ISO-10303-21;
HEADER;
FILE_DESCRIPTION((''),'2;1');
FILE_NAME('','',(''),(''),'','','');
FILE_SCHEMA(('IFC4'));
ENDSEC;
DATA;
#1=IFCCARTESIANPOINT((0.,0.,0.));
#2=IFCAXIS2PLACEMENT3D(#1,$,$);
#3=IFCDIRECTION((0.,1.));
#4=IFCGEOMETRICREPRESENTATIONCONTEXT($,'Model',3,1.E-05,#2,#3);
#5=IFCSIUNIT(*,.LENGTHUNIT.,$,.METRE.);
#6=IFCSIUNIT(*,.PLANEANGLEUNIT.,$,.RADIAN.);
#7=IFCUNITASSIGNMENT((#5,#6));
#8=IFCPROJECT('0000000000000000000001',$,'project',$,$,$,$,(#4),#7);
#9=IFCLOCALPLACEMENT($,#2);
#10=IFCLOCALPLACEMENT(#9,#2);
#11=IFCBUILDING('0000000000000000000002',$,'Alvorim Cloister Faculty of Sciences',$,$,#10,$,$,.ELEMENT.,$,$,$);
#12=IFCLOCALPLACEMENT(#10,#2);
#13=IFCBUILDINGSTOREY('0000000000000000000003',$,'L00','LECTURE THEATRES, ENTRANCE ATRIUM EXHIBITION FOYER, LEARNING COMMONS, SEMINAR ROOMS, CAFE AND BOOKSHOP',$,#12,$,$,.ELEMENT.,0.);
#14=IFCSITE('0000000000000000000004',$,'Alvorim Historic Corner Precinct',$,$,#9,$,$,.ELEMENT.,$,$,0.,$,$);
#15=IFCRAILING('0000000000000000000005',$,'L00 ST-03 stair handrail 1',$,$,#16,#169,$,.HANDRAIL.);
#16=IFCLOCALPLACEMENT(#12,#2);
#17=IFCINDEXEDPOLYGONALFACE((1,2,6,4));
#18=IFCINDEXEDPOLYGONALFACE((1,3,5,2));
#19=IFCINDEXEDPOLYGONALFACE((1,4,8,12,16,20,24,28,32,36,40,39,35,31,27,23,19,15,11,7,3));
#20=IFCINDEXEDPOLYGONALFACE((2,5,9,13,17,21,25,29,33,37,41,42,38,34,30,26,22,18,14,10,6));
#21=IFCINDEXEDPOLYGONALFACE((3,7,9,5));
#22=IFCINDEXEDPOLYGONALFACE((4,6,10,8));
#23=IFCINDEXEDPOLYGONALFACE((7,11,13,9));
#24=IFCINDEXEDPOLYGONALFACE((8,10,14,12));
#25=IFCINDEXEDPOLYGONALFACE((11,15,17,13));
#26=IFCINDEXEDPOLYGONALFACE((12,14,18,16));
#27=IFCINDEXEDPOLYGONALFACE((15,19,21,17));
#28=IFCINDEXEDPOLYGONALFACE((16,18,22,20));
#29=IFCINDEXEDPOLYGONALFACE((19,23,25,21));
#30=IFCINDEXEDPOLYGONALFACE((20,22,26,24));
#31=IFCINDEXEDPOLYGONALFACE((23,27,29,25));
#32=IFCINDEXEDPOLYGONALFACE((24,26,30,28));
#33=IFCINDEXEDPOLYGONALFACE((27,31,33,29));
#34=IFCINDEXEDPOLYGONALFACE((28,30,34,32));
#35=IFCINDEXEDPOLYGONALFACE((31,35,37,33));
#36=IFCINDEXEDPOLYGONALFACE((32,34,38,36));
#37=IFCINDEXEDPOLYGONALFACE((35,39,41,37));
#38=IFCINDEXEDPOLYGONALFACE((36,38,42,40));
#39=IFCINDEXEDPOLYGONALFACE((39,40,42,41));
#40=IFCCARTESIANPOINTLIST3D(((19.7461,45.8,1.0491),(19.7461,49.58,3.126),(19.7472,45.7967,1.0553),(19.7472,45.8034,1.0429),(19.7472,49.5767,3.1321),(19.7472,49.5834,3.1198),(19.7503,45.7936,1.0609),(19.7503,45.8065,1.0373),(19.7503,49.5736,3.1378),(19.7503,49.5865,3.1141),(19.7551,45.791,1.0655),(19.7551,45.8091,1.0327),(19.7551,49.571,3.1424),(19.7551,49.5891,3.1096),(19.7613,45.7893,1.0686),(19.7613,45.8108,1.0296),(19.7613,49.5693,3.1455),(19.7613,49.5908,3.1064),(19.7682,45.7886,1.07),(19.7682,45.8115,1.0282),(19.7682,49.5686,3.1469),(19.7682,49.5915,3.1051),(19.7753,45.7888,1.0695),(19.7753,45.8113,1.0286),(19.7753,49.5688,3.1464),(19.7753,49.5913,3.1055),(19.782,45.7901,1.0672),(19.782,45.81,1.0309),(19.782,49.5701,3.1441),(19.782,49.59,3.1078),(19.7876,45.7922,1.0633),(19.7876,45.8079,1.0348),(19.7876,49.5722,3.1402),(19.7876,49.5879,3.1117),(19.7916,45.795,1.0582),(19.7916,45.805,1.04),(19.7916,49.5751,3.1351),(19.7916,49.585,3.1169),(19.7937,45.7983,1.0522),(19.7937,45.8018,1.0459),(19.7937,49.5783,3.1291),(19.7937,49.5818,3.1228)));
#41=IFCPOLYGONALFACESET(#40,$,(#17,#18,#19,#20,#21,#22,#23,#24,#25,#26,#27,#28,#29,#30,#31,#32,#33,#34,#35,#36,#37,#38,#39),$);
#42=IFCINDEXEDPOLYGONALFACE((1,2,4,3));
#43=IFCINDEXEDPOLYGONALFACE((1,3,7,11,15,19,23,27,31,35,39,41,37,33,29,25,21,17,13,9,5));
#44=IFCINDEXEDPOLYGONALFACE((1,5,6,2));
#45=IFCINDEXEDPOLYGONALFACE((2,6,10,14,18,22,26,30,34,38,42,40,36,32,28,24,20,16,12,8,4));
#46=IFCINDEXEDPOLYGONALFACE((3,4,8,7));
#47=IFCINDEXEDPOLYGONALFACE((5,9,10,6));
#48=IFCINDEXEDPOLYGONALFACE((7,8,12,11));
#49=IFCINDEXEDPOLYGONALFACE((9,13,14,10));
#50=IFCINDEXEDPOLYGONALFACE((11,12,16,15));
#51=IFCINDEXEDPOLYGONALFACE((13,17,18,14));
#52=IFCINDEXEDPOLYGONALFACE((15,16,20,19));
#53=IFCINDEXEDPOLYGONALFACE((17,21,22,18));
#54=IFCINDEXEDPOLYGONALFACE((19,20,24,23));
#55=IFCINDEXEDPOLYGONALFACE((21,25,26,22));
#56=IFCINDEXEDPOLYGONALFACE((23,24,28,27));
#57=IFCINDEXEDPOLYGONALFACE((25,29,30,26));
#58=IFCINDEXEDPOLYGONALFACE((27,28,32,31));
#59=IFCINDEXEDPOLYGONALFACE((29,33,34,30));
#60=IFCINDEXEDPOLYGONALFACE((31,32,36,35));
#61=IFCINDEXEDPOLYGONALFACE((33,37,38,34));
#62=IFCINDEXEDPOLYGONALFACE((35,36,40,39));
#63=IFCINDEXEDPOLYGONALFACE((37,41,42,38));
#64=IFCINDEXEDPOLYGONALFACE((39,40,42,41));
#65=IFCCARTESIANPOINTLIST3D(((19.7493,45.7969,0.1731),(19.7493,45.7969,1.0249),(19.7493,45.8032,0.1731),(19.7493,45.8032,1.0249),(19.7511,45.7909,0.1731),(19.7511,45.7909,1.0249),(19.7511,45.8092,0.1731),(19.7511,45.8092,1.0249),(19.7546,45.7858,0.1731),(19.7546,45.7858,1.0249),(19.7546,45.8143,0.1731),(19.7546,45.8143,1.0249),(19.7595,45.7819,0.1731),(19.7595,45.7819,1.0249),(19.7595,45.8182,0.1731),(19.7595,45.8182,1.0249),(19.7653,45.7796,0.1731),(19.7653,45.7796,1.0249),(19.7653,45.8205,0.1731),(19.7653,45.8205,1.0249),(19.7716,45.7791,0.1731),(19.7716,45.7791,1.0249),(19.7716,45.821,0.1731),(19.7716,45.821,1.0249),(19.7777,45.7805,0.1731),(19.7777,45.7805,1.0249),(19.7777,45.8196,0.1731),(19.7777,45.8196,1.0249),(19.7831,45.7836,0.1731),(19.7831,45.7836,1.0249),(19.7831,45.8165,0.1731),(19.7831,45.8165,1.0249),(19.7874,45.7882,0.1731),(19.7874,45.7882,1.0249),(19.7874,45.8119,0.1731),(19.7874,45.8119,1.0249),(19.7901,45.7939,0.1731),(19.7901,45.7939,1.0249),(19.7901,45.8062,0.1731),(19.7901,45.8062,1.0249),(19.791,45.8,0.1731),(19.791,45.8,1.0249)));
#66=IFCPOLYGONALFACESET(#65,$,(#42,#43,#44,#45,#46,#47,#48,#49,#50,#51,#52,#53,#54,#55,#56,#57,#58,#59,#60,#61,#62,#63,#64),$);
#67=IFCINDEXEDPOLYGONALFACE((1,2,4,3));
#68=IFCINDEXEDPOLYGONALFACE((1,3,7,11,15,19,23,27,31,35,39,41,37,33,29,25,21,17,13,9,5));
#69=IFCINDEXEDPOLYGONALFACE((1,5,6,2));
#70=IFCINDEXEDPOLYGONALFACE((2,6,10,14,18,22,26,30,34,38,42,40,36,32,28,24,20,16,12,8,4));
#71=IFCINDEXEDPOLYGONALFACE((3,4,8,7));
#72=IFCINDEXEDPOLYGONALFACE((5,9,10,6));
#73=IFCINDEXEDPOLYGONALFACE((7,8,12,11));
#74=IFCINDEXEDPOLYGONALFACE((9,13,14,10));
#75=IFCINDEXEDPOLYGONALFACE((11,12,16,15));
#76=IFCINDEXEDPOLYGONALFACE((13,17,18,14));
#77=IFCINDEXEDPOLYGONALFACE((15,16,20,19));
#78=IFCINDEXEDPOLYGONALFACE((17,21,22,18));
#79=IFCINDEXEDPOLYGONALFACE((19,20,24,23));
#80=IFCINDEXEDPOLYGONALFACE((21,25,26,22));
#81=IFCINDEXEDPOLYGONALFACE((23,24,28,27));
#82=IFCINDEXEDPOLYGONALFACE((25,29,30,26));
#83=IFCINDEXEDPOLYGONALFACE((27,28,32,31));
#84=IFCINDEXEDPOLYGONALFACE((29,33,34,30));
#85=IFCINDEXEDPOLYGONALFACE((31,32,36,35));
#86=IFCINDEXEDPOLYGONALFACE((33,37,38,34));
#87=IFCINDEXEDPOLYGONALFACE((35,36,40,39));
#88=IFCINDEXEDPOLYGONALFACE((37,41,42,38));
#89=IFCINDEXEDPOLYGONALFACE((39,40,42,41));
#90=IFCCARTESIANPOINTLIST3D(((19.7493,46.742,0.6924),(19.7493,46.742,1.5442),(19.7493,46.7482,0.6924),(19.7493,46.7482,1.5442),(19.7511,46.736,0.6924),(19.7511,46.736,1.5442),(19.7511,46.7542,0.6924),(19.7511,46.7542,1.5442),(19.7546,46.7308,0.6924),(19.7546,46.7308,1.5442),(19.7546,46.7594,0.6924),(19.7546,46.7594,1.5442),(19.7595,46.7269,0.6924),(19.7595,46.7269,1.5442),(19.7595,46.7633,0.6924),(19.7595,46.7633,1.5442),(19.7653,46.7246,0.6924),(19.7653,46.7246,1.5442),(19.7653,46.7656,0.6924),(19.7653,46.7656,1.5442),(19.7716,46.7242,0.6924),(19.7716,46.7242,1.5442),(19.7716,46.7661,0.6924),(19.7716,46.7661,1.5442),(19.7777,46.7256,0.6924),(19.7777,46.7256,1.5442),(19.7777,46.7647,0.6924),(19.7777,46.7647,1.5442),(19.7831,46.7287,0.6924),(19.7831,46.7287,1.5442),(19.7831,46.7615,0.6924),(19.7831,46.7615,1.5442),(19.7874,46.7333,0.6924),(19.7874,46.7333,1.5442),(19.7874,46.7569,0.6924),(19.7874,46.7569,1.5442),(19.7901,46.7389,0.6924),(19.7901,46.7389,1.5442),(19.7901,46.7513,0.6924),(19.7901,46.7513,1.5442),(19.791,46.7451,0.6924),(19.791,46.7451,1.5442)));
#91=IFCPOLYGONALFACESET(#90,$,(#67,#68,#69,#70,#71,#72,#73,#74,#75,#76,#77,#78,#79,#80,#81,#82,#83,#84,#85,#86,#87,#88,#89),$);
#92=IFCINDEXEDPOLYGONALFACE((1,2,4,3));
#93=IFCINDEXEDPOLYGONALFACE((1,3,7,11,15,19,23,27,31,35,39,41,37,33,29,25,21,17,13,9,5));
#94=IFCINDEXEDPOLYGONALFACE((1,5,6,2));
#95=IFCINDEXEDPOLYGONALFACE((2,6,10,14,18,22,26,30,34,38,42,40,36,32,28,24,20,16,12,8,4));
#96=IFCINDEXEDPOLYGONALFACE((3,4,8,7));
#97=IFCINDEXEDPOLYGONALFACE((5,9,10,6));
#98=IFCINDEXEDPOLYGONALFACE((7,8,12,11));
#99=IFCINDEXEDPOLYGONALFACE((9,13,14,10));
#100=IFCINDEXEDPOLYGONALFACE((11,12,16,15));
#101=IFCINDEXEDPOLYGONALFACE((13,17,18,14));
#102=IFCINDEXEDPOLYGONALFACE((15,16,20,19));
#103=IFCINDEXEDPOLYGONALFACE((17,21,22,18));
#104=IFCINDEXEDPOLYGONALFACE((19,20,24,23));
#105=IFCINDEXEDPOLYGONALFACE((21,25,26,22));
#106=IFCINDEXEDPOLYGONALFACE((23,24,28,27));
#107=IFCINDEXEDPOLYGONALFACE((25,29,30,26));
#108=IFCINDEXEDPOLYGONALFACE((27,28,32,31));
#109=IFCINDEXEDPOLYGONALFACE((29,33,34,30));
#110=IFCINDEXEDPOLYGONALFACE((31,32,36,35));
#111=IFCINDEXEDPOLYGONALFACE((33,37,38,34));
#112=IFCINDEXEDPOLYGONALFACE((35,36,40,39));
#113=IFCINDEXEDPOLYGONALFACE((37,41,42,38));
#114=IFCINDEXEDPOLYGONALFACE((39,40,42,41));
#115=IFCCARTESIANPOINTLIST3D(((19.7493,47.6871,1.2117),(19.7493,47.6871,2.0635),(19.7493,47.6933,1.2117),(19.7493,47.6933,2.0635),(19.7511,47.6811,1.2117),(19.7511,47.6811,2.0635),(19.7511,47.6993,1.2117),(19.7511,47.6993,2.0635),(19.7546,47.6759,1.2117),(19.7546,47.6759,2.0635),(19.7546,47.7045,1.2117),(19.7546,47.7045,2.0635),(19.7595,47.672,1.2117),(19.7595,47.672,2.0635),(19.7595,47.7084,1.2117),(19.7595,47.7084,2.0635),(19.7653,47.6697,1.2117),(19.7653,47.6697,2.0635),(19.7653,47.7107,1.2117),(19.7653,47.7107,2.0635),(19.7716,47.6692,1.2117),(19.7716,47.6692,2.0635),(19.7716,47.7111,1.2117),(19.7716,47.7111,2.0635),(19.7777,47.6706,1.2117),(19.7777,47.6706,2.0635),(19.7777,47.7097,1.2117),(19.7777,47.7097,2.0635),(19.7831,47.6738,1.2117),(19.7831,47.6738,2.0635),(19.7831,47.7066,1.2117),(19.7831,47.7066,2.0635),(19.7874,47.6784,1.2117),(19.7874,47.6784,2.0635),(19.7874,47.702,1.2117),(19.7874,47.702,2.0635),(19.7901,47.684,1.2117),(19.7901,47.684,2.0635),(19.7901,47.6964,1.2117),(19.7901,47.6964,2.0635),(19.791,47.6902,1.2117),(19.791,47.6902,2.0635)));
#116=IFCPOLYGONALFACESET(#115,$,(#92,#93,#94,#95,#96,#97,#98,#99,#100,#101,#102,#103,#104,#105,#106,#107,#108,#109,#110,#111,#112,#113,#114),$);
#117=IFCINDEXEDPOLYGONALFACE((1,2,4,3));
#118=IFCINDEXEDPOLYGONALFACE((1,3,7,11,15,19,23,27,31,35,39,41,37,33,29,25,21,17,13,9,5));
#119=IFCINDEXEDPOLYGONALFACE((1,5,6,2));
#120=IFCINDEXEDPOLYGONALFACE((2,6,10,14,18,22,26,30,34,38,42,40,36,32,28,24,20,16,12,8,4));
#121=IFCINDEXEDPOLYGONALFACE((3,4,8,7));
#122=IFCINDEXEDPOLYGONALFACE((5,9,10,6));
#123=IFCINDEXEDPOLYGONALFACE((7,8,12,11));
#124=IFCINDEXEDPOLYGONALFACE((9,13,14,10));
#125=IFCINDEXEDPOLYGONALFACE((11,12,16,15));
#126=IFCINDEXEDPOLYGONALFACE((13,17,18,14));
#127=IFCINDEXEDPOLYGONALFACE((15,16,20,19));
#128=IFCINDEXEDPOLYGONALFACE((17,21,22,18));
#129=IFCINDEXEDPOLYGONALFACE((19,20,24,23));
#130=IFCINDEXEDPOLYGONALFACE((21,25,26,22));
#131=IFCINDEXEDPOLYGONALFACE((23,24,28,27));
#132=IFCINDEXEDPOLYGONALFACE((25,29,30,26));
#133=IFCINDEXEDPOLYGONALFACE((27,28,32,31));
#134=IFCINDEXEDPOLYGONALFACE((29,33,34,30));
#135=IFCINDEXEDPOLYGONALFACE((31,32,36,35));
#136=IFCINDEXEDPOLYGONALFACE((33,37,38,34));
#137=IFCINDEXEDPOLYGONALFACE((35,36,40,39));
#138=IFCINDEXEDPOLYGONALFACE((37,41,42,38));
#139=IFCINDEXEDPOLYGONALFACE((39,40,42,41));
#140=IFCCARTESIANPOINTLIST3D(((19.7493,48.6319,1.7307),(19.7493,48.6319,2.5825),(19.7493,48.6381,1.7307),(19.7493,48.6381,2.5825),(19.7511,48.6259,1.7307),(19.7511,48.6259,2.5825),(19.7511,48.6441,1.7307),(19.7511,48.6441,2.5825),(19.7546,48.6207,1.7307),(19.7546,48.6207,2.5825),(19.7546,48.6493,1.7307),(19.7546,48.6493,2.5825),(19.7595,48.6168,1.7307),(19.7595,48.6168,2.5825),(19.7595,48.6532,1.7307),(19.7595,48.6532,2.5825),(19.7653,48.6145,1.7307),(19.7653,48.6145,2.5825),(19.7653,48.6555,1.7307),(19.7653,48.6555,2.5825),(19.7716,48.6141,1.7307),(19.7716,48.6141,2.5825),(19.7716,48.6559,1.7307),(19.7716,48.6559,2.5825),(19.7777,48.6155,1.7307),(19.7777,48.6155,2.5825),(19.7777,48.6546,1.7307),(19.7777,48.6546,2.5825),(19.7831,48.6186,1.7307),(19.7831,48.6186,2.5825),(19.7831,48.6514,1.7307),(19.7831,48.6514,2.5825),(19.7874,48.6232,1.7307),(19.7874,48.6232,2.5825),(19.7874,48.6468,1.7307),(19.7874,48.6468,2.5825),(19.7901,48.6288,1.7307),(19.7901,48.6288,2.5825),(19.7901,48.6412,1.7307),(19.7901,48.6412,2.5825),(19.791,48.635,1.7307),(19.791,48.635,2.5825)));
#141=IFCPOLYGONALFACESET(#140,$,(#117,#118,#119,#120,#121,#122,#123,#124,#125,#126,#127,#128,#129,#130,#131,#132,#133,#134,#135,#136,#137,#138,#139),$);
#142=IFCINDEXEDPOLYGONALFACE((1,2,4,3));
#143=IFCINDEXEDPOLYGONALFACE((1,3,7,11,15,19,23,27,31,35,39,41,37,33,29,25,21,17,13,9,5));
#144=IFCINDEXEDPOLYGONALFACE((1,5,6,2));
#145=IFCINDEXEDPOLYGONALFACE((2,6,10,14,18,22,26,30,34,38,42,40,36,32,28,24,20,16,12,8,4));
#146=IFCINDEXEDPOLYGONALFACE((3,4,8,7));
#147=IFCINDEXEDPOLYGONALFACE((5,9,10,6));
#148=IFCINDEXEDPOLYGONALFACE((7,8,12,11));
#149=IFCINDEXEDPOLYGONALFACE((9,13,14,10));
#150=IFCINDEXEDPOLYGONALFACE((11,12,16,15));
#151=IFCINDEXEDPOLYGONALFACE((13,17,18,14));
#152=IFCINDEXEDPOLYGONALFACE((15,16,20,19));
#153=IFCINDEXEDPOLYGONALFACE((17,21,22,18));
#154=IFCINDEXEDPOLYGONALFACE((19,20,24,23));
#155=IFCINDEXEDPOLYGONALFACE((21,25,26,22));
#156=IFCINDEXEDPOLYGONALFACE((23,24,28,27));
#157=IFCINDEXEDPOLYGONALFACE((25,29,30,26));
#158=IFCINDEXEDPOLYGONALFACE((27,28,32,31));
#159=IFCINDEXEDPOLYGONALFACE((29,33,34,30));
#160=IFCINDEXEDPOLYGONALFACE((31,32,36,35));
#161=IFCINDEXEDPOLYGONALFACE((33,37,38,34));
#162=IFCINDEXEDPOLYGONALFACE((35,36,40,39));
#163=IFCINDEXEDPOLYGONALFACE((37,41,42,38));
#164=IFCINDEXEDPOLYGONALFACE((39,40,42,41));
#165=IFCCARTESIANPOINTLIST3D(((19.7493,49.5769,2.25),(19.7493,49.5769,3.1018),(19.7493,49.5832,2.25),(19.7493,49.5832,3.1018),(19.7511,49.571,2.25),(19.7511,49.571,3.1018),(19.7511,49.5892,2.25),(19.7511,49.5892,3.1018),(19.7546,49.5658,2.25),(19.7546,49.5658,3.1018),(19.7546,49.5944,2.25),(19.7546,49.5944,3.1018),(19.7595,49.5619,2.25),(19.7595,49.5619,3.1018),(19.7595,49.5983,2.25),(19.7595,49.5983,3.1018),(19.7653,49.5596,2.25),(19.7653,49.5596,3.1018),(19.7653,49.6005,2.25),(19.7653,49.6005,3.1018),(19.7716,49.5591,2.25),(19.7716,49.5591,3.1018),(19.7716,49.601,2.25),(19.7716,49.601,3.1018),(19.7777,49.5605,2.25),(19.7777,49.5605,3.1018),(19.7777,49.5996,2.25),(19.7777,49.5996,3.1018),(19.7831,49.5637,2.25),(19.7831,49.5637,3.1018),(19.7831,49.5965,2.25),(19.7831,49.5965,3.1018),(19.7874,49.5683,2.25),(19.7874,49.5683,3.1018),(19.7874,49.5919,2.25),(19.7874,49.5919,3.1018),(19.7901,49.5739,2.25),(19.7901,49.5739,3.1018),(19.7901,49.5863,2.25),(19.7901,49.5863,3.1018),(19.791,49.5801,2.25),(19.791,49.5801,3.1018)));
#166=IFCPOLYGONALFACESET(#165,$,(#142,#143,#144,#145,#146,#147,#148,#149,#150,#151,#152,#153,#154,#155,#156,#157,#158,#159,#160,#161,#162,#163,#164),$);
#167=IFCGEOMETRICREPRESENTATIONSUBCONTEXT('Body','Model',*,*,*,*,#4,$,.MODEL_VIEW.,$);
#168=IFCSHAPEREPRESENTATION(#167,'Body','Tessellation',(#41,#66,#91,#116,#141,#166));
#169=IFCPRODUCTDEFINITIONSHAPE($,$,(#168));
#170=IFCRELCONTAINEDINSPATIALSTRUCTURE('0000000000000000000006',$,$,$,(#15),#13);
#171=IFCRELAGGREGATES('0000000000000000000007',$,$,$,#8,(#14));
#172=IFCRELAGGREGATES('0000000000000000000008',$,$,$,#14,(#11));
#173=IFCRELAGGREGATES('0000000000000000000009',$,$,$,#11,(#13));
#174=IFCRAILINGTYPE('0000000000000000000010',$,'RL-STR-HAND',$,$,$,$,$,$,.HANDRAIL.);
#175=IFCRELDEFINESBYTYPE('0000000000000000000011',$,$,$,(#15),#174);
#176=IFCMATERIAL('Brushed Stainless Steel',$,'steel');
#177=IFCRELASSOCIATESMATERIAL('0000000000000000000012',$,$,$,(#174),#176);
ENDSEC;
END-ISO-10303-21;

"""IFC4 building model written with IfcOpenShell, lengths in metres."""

from ifc_helpers import new_model, si_unit, direction, frame, origin, origin_2d, place, context, subcontext, project, spatial, circle, extrude, material, type_object, element, save


model = new_model("IFC4")

# Units and contexts
model_context = context("Model", 3, precision=1e-05, world=origin(), true_north=direction((0.0, 1.0)))
body_context = subcontext(model_context, "Body", "Model", "MODEL_VIEW")
ifc_project = project(units=[si_unit("LENGTHUNIT", "METRE"), si_unit("PLANEANGLEUNIT", "RADIAN")], contexts=[model_context])

# Site, building, storey
site_placement = place(None, origin())
site = spatial("IfcSite", under=ifc_project, at=site_placement, Name="Alvorim Historic Corner Precinct", CompositionType="ELEMENT", RefElevation=0.0)
building_placement = place(site_placement, origin())
building = spatial("IfcBuilding", under=site, at=building_placement, Name="Alvorim Cloister Faculty of Sciences", CompositionType="ELEMENT")
storey_placement = place(building_placement, origin())
storey = spatial("IfcBuildingStorey", under=building, at=storey_placement, Name="L00", Description="LECTURE THEATRES, ENTRANCE ATRIUM EXHIBITION FOYER, LEARNING COMMONS, SEMINAR ROOMS, CAFE AND BOOKSHOP", CompositionType="ELEMENT", Elevation=0.0)

# Railing
ifc_material_1 = material(Name="Brushed Stainless Steel", Category="steel")
railing_type = type_object("IfcRailingType", Name="RL-STR-HAND", PredefinedType="HANDRAIL", material=ifc_material_1)
railing_placement = place(storey_placement, frame((19.77, 45.8, 0.1731)))
element("IfcRailing", 1, at=railing_placement, inside=storey, type_object=railing_type, Name="L00 ST-03 stair handrail 1", PredefinedType="HANDRAIL", context=body_context, shape_type="SweptSolid", body=[
    extrude(circle(Radius=0.0239, at=origin_2d()), frame((0.0, 0.0, 0.876), z_axis=(0.0, 0.876423, 0.481543), x_axis=(-1.0, 0.0, 0.0)), (0.0, 0.0, 1.0), 4.313),
    extrude(circle(Radius=0.021, at=origin_2d()), origin(), (0.0, 0.0, 1.0), 0.8518),
    extrude(circle(Radius=0.021, at=origin_2d()), frame((0.0, 0.9451, 0.5193)), (0.0, 0.0, 1.0), 0.8518),
    extrude(circle(Radius=0.021, at=origin_2d()), frame((0.0, 1.8901, 1.0386)), (0.0, 0.0, 1.0), 0.8518),
    extrude(circle(Radius=0.021, at=origin_2d()), frame((0.0, 2.835, 1.5576)), (0.0, 0.0, 1.0), 0.8518),
    extrude(circle(Radius=0.021, at=origin_2d()), frame((0.0, 3.78, 2.0769)), (0.0, 0.0, 1.0), 0.8518),
])

save(model, "model.ifc")
